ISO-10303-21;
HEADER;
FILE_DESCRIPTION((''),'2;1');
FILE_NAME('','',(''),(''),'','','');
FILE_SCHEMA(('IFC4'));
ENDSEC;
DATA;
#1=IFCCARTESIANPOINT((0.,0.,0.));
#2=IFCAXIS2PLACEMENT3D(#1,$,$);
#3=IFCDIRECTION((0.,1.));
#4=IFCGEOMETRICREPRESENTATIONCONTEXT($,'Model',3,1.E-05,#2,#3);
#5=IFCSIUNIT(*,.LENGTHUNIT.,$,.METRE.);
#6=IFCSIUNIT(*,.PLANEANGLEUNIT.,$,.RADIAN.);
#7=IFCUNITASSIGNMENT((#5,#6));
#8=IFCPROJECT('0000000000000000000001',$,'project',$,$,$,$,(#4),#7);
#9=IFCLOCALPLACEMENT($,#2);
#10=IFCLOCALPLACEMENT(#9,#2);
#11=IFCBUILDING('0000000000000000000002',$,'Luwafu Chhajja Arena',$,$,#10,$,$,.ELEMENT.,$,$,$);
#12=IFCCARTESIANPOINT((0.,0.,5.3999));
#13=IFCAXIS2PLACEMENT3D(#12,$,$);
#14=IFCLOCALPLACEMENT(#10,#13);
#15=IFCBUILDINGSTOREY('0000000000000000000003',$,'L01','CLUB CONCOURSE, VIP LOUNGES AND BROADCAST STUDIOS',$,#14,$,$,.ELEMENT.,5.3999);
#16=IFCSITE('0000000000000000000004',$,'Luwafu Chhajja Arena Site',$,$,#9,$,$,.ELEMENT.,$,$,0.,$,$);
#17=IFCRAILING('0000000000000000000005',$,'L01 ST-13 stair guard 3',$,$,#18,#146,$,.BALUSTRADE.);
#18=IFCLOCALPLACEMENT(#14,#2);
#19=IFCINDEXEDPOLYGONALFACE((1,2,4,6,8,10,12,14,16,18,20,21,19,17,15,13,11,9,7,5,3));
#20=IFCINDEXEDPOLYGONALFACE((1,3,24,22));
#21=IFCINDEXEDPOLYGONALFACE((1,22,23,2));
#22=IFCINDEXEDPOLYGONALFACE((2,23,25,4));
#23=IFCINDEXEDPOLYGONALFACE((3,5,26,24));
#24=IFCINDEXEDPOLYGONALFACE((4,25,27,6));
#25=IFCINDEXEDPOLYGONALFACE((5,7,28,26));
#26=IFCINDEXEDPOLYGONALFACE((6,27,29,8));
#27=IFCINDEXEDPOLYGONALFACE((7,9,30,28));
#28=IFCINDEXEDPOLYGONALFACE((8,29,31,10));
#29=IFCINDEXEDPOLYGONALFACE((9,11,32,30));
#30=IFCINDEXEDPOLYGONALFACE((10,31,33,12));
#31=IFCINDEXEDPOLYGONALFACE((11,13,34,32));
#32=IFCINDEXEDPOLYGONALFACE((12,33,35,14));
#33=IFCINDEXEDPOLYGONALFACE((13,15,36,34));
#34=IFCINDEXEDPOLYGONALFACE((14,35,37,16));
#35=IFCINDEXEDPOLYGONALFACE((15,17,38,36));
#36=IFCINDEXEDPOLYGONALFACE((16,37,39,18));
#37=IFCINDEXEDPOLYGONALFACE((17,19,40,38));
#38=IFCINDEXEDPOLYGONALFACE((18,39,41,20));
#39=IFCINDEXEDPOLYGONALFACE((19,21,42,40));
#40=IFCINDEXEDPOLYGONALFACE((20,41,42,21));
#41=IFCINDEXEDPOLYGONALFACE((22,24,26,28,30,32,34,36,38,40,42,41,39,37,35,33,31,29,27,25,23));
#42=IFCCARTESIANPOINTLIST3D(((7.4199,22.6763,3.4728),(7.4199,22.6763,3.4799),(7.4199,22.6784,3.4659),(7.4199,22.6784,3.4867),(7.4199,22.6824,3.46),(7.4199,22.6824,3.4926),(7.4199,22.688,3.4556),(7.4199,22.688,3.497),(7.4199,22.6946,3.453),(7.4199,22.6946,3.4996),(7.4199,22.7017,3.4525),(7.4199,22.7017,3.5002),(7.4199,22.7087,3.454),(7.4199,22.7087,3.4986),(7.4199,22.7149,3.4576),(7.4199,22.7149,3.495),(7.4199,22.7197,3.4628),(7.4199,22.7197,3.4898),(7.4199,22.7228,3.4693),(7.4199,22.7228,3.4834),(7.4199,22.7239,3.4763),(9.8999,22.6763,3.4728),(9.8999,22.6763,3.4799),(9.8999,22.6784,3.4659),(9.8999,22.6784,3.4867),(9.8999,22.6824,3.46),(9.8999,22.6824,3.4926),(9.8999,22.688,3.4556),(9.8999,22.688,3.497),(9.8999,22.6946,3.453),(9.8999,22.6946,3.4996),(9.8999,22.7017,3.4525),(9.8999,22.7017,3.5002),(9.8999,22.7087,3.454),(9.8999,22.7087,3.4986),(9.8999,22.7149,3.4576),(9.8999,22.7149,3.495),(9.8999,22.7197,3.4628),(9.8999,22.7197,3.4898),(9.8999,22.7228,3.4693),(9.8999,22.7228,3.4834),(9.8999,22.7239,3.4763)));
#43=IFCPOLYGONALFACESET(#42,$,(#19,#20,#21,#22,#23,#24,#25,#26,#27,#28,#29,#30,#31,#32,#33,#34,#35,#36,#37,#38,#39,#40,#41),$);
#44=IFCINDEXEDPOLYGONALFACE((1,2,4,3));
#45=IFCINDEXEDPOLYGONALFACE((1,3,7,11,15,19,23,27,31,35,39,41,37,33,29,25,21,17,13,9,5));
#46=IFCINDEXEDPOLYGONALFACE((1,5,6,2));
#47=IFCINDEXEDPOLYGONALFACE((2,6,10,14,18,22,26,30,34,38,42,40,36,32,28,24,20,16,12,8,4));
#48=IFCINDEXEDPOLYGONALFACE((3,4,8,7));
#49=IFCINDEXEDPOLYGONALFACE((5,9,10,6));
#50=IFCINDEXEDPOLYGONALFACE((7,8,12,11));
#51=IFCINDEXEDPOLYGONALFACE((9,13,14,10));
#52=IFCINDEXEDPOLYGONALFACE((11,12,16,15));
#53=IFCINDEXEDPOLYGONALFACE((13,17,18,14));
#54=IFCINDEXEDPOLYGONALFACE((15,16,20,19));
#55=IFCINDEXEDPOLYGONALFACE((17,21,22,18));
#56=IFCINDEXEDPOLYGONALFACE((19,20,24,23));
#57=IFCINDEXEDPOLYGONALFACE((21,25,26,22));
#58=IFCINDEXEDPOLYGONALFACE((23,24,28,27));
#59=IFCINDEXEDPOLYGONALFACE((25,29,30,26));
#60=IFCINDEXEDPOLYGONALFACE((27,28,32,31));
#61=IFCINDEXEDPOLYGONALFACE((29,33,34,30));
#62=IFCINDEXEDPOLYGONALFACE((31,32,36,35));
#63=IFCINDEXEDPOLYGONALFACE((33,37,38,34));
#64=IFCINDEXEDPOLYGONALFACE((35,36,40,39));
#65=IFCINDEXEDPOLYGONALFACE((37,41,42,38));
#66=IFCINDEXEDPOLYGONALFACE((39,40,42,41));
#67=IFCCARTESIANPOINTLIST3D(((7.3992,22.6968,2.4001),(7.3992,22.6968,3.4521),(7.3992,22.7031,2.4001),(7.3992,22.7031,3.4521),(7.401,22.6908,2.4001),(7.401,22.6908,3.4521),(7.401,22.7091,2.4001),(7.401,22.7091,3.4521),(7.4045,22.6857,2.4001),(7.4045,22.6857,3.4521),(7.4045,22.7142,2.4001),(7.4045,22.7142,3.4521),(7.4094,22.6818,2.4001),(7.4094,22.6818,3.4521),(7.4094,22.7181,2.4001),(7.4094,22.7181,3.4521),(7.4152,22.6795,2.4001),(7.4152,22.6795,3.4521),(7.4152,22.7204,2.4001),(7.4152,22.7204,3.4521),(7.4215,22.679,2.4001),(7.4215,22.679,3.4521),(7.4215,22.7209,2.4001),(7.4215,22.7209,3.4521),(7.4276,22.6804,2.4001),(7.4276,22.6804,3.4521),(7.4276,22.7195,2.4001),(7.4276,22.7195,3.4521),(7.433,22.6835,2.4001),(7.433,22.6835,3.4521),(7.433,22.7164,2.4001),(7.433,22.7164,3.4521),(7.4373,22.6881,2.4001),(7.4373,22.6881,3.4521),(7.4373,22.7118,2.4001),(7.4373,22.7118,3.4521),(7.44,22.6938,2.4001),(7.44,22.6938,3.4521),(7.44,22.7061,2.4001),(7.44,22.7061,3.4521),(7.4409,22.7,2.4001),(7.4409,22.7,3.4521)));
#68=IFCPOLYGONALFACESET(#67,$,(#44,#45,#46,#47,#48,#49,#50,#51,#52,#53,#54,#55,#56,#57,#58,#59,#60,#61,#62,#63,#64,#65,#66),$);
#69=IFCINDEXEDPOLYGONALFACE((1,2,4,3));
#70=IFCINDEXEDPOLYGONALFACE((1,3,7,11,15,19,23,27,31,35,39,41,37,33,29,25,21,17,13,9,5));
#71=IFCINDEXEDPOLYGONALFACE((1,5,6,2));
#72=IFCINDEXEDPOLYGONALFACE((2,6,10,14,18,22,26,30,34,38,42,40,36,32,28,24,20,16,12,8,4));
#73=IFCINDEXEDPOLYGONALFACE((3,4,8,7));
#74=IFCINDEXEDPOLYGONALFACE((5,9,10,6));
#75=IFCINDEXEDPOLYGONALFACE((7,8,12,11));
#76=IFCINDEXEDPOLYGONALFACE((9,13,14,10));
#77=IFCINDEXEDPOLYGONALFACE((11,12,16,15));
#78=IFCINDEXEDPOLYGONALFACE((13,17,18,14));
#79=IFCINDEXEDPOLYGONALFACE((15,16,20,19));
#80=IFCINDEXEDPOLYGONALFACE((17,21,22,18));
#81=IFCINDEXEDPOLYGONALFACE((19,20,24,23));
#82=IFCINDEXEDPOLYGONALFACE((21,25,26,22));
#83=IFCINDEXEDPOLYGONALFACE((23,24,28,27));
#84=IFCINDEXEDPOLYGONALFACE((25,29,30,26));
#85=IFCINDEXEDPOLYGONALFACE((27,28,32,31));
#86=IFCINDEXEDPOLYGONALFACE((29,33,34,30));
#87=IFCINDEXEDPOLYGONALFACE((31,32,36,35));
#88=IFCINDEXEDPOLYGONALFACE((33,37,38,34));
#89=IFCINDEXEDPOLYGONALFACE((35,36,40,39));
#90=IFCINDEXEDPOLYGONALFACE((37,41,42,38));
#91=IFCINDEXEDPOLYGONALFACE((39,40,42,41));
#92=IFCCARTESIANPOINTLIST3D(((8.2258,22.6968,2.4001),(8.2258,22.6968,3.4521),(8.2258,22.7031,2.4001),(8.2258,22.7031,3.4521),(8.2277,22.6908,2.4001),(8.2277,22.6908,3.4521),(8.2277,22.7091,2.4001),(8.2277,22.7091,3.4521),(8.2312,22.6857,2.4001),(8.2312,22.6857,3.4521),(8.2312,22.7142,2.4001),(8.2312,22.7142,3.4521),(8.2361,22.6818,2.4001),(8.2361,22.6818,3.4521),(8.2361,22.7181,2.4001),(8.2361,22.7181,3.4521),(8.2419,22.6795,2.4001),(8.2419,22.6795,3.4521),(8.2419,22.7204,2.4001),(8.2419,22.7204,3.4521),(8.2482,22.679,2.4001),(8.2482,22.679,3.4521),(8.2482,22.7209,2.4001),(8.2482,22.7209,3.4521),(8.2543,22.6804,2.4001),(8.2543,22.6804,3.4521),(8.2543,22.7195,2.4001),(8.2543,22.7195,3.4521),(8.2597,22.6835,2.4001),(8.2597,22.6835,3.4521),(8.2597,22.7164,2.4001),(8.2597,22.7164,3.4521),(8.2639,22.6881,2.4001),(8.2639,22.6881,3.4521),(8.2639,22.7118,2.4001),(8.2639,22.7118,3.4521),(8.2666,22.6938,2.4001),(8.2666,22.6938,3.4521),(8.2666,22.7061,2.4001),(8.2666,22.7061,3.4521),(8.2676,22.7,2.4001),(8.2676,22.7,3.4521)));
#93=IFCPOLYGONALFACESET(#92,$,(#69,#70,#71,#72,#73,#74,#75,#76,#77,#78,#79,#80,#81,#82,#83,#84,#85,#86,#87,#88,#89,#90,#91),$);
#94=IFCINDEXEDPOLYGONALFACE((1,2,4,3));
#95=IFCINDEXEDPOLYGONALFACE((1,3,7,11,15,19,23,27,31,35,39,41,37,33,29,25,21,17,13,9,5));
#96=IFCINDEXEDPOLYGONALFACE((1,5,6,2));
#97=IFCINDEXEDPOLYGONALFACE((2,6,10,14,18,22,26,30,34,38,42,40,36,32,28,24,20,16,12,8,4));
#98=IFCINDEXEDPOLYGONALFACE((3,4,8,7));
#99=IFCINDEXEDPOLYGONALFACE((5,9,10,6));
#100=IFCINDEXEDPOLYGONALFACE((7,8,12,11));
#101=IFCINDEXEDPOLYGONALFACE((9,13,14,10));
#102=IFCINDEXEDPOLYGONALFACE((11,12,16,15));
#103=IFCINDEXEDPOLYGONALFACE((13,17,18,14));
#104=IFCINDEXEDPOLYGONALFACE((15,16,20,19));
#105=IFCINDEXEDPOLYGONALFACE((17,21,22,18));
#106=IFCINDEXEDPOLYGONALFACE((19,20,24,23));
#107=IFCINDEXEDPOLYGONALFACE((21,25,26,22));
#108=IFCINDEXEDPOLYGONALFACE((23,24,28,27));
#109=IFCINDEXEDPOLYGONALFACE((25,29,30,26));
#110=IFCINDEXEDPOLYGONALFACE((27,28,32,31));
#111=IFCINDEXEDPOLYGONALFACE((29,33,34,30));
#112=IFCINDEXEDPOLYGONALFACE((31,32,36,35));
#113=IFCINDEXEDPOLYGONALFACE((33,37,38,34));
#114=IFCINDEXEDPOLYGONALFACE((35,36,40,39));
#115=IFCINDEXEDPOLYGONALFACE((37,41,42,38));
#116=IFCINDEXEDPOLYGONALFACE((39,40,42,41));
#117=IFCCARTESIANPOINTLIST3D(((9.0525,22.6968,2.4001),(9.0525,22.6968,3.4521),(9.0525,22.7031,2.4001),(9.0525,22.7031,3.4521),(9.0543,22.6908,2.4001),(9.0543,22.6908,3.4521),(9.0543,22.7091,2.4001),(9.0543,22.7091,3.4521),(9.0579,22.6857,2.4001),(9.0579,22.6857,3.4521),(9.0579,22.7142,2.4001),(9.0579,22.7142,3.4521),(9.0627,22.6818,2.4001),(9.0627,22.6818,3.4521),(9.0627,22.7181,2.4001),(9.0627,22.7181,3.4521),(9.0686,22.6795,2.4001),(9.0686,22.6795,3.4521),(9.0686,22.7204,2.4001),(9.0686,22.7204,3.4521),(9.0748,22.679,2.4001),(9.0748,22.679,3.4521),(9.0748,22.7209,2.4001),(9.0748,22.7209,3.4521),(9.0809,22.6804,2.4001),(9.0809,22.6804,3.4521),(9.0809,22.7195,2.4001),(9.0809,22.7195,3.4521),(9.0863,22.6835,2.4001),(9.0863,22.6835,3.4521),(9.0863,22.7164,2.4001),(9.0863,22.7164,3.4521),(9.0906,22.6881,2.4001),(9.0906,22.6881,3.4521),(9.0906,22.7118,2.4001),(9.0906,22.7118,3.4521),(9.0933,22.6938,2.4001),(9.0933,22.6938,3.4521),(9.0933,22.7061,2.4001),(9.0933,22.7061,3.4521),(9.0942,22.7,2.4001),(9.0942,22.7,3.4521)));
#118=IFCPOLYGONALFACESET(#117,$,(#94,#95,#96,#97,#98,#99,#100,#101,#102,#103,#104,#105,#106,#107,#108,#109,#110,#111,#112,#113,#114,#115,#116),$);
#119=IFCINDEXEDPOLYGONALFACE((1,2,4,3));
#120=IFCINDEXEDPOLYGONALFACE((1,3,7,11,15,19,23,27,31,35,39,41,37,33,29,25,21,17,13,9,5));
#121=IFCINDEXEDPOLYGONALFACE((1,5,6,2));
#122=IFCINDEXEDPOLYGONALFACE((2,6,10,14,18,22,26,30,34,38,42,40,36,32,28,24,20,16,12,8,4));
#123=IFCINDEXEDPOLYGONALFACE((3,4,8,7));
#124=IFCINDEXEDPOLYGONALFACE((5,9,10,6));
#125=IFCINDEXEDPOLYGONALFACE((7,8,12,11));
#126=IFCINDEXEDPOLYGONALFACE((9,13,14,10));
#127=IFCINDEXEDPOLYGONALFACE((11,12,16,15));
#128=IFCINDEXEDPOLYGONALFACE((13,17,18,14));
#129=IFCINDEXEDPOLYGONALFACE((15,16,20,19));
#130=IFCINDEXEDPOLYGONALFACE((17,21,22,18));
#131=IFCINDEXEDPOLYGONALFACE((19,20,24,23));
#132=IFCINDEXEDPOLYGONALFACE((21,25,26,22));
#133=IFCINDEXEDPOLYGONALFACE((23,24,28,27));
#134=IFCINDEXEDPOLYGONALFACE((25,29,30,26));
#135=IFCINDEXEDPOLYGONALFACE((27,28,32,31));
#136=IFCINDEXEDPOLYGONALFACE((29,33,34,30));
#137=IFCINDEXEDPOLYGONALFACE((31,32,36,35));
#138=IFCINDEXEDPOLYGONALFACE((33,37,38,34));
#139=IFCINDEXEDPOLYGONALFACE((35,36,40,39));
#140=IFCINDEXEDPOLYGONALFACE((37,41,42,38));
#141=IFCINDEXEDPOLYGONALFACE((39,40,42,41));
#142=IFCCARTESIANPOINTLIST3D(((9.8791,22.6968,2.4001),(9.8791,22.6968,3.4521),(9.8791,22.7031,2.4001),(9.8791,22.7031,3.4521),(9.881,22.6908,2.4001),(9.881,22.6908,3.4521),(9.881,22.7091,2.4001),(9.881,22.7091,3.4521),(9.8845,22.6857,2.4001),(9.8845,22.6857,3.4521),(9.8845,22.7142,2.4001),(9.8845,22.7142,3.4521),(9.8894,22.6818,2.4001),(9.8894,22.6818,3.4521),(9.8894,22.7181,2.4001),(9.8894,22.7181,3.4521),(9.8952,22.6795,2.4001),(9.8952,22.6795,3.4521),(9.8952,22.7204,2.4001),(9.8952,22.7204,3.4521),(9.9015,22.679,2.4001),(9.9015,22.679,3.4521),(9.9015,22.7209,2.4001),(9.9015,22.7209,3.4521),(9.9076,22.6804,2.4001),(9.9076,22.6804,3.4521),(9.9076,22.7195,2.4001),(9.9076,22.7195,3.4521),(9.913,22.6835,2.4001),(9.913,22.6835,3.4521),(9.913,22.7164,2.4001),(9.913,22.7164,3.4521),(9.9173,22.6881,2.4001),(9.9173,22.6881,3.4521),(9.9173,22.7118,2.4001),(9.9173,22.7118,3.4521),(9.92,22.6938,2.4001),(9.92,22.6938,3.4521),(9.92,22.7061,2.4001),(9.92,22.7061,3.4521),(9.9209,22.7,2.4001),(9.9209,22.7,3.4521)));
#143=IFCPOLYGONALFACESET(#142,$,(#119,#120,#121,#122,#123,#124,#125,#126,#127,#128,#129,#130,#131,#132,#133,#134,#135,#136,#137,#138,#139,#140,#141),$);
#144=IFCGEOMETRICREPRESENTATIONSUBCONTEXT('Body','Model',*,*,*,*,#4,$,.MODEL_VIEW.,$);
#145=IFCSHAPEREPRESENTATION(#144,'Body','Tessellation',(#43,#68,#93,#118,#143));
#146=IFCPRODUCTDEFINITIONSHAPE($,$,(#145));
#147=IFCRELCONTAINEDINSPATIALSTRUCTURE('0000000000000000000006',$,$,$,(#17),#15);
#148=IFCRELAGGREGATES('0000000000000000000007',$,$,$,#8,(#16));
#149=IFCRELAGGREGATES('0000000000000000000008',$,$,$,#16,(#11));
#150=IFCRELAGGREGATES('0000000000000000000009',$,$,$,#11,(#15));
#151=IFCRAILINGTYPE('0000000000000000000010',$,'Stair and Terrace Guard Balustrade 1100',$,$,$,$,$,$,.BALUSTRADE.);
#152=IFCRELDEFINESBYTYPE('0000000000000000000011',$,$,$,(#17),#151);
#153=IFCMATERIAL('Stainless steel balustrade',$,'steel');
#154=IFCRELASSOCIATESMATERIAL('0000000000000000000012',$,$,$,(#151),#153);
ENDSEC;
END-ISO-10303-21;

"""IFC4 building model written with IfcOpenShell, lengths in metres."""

from ifc_helpers import new_model, si_unit, direction, frame, origin, origin_2d, place, context, subcontext, project, spatial, circle, extrude, material, type_object, element, save


model = new_model("IFC4")

# Units and contexts
model_context = context("Model", 3, precision=1e-05, world=origin(), true_north=direction((0.0, 1.0)))
body_context = subcontext(model_context, "Body", "Model", "MODEL_VIEW")
ifc_project = project(units=[si_unit("LENGTHUNIT", "METRE"), si_unit("PLANEANGLEUNIT", "RADIAN")], contexts=[model_context])

# Site, building, storey
site_placement = place(None, origin())
site = spatial("IfcSite", under=ifc_project, at=site_placement, Name="Luwafu Chhajja Arena Site", CompositionType="ELEMENT", RefElevation=0.0)
building_placement = place(site_placement, origin())
building = spatial("IfcBuilding", under=site, at=building_placement, Name="Luwafu Chhajja Arena", CompositionType="ELEMENT")
storey_placement = place(building_placement, frame((0.0, 0.0, 5.3999)))
storey = spatial("IfcBuildingStorey", under=building, at=storey_placement, Name="L01", Description="CLUB CONCOURSE, VIP LOUNGES AND BROADCAST STUDIOS", CompositionType="ELEMENT", Elevation=5.3999)

# Railing
ifc_material_1 = material(Name="Stainless steel balustrade", Category="steel")
railing_type_1 = type_object("IfcRailingType", Name="Stair and Terrace Guard Balustrade 1100", PredefinedType="BALUSTRADE", material=ifc_material_1)
for number, where, name in (
    (1, (7.4199, 22.7, 2.4001), "L01 ST-13 stair guard 3"),
):
    element("IfcRailing", number, at=place(storey_placement, frame(where)), inside=storey, type_object=railing_type_1, Name=name, PredefinedType="BALUSTRADE", context=body_context, shape_type="SweptSolid", body=[
        extrude(circle(Radius=0.0239, at=origin_2d()), frame((0.0, 0.0, 1.0762), z_axis=(1.0, 0.0, 0.0), x_axis=(0.0, 1.0, 0.0)), (0.0, 0.0, 1.0), 2.48),
        extrude(circle(Radius=0.021, at=origin_2d()), origin(), (0.0, 0.0, 1.0), 1.052),
        extrude(circle(Radius=0.021, at=origin_2d()), frame((0.8267, 0.0, 0.0)), (0.0, 0.0, 1.0), 1.052),
        extrude(circle(Radius=0.021, at=origin_2d()), frame((1.6533, 0.0, 0.0)), (0.0, 0.0, 1.0), 1.052),
        extrude(circle(Radius=0.021, at=origin_2d()), frame((2.48, 0.0, 0.0)), (0.0, 0.0, 1.0), 1.052),
    ])

save(model, "model.ifc")
